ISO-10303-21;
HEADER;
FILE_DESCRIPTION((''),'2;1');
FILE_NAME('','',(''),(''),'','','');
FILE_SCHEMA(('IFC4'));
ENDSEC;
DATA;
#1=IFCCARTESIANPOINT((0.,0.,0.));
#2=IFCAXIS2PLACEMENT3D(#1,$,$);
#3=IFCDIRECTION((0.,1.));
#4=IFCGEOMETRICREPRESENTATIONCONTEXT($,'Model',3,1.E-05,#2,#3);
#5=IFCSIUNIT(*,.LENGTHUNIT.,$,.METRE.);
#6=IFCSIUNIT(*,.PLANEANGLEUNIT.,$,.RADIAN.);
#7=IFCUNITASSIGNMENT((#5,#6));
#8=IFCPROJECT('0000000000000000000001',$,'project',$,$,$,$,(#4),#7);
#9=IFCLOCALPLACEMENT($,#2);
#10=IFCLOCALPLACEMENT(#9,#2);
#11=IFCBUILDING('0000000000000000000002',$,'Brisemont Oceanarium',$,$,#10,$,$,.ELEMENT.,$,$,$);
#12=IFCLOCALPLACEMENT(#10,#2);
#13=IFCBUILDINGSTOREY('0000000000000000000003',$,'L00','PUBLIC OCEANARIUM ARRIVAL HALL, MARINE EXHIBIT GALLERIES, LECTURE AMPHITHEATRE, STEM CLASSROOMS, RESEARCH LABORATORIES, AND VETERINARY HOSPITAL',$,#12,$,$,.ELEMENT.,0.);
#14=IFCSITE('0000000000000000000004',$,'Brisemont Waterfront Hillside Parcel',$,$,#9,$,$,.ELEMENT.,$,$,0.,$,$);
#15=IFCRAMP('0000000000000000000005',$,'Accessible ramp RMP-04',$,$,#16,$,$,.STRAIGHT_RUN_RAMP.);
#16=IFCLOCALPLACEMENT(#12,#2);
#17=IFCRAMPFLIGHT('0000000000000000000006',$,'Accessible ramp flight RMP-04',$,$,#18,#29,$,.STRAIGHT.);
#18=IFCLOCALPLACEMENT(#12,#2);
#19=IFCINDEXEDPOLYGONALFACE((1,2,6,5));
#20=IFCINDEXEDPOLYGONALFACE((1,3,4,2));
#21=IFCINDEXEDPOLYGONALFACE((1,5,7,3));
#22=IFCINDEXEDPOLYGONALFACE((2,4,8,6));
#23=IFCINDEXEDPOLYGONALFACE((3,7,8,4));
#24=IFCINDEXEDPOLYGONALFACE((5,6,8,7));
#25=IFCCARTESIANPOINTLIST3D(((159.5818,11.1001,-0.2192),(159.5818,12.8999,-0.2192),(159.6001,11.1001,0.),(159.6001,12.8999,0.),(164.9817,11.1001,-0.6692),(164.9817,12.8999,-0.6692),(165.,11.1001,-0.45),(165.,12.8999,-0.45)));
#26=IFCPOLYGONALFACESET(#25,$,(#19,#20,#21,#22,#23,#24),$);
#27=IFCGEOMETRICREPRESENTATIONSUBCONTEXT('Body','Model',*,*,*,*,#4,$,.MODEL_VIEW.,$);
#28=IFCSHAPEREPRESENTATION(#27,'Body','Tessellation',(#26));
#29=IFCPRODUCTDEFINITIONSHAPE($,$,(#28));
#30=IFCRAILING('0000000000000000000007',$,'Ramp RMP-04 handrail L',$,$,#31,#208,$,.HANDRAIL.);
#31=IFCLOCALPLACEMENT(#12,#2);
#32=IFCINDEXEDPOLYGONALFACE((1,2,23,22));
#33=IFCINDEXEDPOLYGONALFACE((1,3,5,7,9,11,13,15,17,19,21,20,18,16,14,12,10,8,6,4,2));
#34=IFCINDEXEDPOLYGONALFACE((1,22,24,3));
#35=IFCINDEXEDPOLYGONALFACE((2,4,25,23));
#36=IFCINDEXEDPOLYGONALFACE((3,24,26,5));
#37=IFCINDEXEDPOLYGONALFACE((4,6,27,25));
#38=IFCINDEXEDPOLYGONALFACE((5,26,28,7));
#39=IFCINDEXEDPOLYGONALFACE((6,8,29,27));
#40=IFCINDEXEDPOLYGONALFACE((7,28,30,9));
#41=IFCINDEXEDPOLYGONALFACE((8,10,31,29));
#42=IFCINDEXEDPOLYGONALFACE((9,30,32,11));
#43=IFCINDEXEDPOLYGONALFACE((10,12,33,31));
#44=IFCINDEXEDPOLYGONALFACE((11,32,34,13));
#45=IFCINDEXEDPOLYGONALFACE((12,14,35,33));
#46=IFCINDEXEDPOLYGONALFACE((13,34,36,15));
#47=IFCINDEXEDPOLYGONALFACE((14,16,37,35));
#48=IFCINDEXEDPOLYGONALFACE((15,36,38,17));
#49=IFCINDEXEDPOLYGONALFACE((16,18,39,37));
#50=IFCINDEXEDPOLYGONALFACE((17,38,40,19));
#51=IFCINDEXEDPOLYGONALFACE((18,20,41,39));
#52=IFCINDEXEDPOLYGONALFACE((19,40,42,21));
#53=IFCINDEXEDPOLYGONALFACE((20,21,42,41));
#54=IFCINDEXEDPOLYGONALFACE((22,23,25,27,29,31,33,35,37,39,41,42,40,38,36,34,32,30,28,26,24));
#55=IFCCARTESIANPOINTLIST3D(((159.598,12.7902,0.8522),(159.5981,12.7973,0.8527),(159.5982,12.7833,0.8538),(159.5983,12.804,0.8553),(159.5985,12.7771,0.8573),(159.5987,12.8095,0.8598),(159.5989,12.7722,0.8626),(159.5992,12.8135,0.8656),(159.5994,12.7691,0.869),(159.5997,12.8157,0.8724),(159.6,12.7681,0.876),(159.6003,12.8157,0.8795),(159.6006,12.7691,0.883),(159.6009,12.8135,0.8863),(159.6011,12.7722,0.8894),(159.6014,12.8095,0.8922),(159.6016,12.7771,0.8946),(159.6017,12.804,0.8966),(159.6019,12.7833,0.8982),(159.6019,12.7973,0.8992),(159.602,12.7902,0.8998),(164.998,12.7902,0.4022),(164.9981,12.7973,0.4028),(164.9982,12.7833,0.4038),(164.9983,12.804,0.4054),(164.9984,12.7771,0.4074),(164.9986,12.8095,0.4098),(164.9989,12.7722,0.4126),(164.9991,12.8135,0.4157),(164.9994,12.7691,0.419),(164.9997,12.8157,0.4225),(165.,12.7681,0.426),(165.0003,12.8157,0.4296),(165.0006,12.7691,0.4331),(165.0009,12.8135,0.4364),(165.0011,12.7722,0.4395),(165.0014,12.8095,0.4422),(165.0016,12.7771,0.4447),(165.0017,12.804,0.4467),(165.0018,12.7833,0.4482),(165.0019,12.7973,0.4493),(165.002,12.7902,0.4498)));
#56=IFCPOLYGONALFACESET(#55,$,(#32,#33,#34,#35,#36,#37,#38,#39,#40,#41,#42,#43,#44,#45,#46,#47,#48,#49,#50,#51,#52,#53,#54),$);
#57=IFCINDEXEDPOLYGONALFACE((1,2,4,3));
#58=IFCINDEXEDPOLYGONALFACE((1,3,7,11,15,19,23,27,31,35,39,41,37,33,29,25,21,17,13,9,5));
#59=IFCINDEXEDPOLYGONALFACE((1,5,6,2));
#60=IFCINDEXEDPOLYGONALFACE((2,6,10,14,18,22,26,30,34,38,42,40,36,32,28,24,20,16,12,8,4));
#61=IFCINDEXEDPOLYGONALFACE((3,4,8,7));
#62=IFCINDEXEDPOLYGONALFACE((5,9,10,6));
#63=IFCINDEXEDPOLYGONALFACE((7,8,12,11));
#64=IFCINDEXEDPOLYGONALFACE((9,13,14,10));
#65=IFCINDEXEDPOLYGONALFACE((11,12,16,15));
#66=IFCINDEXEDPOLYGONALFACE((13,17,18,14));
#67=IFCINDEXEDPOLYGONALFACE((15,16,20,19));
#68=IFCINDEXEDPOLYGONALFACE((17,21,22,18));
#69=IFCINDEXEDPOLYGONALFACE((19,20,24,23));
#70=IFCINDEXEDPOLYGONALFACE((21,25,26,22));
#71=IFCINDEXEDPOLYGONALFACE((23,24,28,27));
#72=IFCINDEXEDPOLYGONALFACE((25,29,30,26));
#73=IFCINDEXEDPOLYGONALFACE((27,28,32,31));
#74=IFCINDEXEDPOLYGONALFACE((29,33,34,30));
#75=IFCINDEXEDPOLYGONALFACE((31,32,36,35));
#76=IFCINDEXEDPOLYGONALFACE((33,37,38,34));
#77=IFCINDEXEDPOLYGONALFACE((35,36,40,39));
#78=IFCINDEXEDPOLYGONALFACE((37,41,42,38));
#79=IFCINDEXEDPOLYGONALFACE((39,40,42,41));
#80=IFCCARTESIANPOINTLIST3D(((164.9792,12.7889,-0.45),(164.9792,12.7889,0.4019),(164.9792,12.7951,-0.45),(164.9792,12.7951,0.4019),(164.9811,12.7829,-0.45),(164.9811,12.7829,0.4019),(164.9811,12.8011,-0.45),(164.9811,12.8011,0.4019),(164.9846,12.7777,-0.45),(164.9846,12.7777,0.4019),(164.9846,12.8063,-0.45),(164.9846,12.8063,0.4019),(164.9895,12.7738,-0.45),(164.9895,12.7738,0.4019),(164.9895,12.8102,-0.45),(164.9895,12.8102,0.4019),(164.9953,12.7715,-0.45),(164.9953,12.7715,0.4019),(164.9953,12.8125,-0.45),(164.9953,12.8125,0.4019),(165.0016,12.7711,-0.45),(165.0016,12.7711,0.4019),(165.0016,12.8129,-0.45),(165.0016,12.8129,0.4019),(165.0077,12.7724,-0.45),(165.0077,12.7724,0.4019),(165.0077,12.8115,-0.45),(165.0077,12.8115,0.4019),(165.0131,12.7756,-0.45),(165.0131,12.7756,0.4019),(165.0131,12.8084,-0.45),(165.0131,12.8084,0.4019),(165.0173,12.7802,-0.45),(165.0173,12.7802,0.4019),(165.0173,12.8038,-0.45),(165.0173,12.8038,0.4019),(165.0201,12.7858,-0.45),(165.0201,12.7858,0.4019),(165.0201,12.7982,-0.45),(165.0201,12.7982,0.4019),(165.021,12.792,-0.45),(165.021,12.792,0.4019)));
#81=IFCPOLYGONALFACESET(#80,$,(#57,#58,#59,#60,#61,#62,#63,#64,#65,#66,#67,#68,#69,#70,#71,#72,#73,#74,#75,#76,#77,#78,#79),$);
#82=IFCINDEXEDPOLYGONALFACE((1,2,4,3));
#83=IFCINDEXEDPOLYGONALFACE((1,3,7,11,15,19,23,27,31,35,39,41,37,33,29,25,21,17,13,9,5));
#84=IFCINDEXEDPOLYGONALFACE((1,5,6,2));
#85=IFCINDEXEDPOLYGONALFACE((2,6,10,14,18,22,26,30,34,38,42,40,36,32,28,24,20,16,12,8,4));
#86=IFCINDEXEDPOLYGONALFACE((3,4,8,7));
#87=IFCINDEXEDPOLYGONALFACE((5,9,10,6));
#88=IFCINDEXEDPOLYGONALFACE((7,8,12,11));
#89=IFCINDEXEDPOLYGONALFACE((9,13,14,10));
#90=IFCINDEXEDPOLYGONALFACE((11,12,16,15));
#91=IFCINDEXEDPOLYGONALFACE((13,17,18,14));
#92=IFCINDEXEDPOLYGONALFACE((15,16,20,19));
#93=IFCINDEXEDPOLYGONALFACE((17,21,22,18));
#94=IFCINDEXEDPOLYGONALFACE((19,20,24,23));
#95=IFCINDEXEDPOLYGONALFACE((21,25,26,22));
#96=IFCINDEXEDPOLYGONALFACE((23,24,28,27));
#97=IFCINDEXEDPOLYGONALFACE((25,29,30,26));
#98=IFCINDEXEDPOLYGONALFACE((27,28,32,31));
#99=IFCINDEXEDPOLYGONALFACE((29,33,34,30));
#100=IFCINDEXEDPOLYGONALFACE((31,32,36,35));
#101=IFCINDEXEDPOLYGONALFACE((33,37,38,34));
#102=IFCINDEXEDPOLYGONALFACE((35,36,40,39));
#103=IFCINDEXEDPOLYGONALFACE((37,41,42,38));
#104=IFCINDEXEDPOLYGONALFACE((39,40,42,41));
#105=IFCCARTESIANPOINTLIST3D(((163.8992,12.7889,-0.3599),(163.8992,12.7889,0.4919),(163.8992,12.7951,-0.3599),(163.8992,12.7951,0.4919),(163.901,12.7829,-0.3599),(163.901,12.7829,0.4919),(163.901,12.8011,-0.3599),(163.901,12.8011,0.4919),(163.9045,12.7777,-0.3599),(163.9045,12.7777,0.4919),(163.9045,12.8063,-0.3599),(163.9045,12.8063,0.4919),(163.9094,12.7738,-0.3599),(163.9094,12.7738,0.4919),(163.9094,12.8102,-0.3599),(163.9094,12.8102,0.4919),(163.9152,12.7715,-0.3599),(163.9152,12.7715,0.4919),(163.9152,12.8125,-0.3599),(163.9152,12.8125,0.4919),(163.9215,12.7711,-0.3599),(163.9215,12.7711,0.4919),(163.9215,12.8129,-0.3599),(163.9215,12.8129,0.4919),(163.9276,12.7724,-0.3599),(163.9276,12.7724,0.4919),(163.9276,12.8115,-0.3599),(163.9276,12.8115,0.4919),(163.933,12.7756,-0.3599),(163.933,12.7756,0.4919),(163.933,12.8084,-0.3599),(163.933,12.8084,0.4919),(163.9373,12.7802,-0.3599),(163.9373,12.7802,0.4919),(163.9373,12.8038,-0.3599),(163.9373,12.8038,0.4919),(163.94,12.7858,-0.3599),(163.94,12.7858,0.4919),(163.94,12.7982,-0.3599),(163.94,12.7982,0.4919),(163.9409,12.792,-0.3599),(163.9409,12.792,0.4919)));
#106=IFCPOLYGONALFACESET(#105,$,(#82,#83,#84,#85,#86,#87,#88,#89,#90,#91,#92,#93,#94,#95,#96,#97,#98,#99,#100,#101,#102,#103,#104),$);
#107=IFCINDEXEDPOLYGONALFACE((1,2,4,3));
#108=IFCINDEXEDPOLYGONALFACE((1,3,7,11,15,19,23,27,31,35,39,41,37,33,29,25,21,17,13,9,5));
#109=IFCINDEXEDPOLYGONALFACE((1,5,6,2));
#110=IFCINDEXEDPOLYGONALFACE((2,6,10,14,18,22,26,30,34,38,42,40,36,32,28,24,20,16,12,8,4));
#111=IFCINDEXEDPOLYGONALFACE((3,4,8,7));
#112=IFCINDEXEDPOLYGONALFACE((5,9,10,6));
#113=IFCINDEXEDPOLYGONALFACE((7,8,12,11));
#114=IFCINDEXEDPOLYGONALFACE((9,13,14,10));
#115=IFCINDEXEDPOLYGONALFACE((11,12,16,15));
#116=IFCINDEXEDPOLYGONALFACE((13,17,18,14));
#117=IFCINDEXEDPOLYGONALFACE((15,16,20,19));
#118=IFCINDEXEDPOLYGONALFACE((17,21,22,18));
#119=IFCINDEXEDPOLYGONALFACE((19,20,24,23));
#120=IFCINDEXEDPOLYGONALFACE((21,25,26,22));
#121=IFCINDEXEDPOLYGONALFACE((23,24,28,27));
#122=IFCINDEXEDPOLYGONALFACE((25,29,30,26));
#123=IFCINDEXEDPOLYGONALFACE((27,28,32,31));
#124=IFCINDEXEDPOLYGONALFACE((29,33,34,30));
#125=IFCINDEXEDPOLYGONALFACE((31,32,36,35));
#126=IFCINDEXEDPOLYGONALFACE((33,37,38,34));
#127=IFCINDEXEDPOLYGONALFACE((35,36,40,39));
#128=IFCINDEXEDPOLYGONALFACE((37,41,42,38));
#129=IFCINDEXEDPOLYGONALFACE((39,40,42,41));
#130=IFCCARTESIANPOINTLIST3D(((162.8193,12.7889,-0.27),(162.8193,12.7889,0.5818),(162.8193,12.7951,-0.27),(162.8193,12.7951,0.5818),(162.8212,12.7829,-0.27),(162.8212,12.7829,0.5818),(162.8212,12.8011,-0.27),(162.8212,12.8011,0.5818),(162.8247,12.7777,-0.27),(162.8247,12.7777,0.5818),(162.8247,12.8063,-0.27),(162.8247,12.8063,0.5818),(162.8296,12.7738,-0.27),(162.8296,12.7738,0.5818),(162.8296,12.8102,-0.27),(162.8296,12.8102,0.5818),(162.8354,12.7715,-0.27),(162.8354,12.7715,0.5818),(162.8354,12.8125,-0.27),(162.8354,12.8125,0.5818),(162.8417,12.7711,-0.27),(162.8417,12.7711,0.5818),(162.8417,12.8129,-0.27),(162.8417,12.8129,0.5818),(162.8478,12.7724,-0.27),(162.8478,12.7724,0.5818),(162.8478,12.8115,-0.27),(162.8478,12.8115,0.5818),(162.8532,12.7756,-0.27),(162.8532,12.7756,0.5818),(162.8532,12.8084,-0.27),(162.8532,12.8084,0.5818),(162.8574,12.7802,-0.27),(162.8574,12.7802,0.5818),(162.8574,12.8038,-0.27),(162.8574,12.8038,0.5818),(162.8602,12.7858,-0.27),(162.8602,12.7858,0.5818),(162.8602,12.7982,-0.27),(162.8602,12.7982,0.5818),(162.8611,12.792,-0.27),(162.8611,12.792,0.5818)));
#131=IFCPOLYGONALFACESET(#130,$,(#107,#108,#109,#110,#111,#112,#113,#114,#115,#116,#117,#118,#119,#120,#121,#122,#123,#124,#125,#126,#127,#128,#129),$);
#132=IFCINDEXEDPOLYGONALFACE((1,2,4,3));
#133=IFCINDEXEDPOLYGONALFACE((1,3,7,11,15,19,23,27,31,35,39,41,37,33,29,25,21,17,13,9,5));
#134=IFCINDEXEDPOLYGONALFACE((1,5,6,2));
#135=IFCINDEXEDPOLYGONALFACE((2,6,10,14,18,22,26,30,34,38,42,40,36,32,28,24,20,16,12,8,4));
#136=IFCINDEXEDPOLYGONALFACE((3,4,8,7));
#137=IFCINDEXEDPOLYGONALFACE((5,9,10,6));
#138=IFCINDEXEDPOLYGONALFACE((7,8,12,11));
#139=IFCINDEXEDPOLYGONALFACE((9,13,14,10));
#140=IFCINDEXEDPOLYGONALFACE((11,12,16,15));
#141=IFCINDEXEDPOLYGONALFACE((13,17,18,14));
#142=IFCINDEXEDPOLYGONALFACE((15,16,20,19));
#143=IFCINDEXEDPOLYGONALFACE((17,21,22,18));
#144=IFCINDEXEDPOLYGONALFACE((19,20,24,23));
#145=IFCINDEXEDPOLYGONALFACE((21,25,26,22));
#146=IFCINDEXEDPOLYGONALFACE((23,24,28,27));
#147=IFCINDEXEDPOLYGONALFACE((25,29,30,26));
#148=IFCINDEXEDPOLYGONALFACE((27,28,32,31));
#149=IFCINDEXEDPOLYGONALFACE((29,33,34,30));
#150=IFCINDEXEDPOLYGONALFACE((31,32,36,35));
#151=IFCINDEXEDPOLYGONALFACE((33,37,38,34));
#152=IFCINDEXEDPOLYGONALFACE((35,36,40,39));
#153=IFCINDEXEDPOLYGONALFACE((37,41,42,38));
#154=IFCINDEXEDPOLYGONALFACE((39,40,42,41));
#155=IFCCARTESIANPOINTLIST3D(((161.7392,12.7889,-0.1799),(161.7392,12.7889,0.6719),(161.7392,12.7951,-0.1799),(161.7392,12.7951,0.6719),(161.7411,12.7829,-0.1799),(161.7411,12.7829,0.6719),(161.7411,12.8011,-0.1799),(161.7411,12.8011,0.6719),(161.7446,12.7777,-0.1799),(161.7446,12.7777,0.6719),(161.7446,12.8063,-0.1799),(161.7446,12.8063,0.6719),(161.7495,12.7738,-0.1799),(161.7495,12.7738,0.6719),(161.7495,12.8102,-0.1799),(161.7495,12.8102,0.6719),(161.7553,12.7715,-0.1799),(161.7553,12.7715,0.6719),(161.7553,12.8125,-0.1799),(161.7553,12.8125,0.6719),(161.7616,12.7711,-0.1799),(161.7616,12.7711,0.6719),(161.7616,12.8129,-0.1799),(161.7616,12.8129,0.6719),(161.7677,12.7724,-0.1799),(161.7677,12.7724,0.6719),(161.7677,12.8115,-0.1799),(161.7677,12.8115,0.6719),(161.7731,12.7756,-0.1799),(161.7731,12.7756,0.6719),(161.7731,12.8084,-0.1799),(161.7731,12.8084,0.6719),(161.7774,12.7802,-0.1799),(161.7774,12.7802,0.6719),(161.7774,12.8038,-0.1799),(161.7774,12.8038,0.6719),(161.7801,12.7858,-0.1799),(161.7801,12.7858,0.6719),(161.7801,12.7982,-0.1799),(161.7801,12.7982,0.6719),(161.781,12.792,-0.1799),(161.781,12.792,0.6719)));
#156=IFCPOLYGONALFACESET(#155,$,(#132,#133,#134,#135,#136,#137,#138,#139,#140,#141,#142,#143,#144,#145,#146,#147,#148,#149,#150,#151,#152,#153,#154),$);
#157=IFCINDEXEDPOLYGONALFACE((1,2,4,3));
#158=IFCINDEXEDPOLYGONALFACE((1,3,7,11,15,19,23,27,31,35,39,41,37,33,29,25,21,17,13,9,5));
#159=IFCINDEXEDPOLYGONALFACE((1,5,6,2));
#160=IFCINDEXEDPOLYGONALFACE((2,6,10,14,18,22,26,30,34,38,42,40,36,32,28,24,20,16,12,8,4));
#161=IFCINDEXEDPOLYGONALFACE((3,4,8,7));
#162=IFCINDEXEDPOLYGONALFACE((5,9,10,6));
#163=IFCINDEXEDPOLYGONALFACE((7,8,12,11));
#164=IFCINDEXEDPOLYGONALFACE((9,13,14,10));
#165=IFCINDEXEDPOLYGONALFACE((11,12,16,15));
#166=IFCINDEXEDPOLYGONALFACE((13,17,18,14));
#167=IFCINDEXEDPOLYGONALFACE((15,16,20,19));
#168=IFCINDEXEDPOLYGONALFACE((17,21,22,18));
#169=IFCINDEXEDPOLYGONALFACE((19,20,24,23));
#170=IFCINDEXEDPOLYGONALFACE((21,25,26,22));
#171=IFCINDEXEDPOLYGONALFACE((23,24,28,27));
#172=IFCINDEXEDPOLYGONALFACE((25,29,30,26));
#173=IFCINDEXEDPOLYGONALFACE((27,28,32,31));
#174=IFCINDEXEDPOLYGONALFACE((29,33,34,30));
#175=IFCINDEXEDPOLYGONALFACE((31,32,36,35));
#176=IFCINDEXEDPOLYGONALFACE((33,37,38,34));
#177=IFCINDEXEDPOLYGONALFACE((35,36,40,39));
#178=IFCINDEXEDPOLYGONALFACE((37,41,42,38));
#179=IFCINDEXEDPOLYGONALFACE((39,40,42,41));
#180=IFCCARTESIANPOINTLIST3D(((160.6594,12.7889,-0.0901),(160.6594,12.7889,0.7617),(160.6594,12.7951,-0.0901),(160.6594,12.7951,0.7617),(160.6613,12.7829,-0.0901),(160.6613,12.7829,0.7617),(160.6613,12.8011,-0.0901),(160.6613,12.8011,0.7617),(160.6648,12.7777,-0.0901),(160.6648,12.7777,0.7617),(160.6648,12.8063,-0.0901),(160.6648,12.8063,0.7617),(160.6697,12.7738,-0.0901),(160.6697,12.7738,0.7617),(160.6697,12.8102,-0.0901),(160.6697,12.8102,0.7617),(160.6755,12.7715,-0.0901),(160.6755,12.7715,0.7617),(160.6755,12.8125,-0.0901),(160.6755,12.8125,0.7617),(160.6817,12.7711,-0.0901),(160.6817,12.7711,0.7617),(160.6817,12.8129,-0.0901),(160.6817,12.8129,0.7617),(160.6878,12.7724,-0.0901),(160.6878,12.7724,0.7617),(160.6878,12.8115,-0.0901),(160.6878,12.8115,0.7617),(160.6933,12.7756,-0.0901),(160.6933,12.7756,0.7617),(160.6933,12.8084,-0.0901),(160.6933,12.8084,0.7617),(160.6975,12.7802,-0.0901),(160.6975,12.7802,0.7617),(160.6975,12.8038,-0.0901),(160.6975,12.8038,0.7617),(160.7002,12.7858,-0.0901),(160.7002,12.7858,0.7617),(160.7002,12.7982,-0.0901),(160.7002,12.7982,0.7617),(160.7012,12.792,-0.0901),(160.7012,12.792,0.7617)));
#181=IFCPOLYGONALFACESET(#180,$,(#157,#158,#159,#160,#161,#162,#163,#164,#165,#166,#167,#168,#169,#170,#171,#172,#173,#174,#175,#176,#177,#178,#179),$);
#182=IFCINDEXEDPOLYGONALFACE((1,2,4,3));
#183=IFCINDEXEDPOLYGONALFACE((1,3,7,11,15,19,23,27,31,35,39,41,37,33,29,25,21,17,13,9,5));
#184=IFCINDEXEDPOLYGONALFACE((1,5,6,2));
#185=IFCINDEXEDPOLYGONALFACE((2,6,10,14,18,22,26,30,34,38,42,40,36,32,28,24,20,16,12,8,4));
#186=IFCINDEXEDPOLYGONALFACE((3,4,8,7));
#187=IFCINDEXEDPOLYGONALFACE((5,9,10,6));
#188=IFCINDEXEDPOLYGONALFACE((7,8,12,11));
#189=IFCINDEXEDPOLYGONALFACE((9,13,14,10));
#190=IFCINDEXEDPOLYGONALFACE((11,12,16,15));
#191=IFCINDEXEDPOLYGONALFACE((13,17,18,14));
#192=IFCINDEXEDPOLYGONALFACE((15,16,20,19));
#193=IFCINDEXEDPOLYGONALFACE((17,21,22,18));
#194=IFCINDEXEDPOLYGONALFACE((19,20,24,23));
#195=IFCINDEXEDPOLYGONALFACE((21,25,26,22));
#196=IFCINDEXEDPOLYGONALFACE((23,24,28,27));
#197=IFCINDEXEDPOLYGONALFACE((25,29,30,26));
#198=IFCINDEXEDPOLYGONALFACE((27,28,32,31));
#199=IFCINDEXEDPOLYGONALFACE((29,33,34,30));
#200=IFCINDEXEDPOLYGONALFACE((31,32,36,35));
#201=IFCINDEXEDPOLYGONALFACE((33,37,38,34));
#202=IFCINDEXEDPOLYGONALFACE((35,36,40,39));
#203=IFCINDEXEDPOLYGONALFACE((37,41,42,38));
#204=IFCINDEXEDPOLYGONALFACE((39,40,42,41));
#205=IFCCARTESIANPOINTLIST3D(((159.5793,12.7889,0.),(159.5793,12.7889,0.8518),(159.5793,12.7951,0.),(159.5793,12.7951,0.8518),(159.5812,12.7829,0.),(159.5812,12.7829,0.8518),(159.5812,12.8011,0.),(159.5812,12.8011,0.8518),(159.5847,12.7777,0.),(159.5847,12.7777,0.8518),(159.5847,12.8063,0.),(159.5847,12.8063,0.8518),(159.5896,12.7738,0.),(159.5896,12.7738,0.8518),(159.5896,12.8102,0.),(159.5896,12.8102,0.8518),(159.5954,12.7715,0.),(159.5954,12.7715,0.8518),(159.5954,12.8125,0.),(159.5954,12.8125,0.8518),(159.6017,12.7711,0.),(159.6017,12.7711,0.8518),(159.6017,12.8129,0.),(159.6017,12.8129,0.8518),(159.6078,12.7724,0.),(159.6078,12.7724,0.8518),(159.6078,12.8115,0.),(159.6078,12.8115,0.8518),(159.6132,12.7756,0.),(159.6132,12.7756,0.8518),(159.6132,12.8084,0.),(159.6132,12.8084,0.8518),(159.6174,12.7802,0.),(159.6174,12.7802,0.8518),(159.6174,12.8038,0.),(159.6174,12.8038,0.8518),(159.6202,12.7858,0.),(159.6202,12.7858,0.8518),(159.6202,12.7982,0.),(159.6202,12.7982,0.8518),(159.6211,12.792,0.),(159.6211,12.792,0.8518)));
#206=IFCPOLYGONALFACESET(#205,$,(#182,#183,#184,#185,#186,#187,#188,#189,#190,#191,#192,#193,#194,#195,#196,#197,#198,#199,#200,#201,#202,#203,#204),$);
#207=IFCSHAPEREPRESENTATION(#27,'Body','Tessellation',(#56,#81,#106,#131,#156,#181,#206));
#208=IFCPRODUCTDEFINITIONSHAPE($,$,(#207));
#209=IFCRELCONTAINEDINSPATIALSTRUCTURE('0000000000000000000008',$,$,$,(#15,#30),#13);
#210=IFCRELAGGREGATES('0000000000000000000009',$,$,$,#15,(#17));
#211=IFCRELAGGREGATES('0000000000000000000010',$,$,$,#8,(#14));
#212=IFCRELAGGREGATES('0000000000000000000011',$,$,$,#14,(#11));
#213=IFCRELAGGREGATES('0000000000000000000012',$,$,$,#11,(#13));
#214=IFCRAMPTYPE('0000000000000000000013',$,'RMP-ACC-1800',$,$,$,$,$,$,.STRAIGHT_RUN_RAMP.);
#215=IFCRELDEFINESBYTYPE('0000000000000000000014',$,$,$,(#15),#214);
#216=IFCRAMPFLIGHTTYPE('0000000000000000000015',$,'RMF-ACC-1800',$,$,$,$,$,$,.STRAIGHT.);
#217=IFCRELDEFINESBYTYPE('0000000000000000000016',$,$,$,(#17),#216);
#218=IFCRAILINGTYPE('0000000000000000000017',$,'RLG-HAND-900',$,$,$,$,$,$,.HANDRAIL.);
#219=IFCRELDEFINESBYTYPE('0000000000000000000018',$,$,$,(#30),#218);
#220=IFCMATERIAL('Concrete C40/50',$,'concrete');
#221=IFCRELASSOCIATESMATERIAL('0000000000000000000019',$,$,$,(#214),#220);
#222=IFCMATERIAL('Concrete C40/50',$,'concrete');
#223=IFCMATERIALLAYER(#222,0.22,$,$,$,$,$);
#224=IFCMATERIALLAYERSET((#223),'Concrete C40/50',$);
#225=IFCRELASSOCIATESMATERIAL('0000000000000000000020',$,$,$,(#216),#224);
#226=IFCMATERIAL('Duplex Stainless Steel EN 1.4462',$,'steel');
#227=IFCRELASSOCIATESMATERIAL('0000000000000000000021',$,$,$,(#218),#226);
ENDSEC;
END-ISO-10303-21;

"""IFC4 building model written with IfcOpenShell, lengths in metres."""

from ifc_helpers import new_model, si_unit, direction, frame, origin, origin_2d, place, context, subcontext, project, spatial, polyline, circle, outline, extrude, material, layer, layer_set, type_object, element, aggregate, save


model = new_model("IFC4")

# Units and contexts
model_context = context("Model", 3, precision=1e-05, world=origin(), true_north=direction((0.0, 1.0)))
body_context = subcontext(model_context, "Body", "Model", "MODEL_VIEW")
ifc_project = project(units=[si_unit("LENGTHUNIT", "METRE"), si_unit("PLANEANGLEUNIT", "RADIAN")], contexts=[model_context])

# Site, building, storey
site_placement = place(None, origin())
site = spatial("IfcSite", under=ifc_project, at=site_placement, Name="Brisemont Waterfront Hillside Parcel", CompositionType="ELEMENT", RefElevation=0.0)
building_placement = place(site_placement, origin())
building = spatial("IfcBuilding", under=site, at=building_placement, Name="Brisemont Oceanarium", CompositionType="ELEMENT")
storey_placement = place(building_placement, origin())
storey = spatial("IfcBuildingStorey", under=building, at=storey_placement, Name="L00", Description="PUBLIC OCEANARIUM ARRIVAL HALL, MARINE EXHIBIT GALLERIES, LECTURE AMPHITHEATRE, STEM CLASSROOMS, RESEARCH LABORATORIES, AND VETERINARY HOSPITAL", CompositionType="ELEMENT", Elevation=0.0)

# Ramp, ramp flight
ifc_material_1 = material(Name="Concrete C40/50", Category="concrete")
ramp_type = type_object("IfcRampType", Name="RMP-ACC-1800", PredefinedType="STRAIGHT_RUN_RAMP", material=ifc_material_1)
ramp_placement = place(storey_placement, origin())
ramp = element("IfcRamp", 1, at=ramp_placement, inside=storey, type_object=ramp_type, Name="Accessible ramp RMP-04", PredefinedType="STRAIGHT_RUN_RAMP")
ifc_material_2 = material(Name="Concrete C40/50", Category="concrete")
ifc_layer_1 = layer(ifc_material_2, 0.22)
ifc_layer_set_1 = layer_set([ifc_layer_1], Name="Concrete C40/50")
ramp_flight_type = type_object("IfcRampFlightType", Name="RMF-ACC-1800", PredefinedType="STRAIGHT", material=ifc_layer_set_1)
ramp_flight_placement = place(storey_placement, frame((165.0, 12.8999, -0.45), z_axis=(0.083038, 0.0, 0.996546), x_axis=(-0.996546, 0.0, 0.083038)))
ramp_flight = element("IfcRampFlight", 2, at=ramp_flight_placement, type_object=ramp_flight_type, Name="Accessible ramp flight RMP-04", PredefinedType="STRAIGHT", context=body_context, shape_type="SweptSolid", body=[
    extrude(outline(polyline([(0.0, 0.0), (5.4186, 0.0), (5.4186, 1.7998), (0.0, 1.7998), (0.0, 0.0)])), origin(), (0.0, 0.0, -1.0), 0.22),
])
aggregate(ramp, [ramp_flight])

# Railing
ifc_material_3 = material(Name="Duplex Stainless Steel EN 1.4462", Category="steel")
railing_type = type_object("IfcRailingType", Name="RLG-HAND-900", PredefinedType="HANDRAIL", material=ifc_material_3)
for number, where, name in (
    (3, (165.0, 12.792, -0.45), "Ramp RMP-04 handrail L"),
):
    element("IfcRailing", number, at=place(storey_placement, frame(where)), inside=storey, type_object=railing_type, Name=name, PredefinedType="HANDRAIL", context=body_context, shape_type="SweptSolid", body=[
        extrude(circle(Radius=0.0239, at=origin_2d()), frame((0.0, 0.0, 0.876), z_axis=(-0.996546, 0.0, 0.083038), x_axis=(0.0, -1.0, 0.0)), (0.0, 0.0, 1.0), 5.4187),
        extrude(circle(Radius=0.021, at=origin_2d()), origin(), (0.0, 0.0, 1.0), 0.8518),
        extrude(circle(Radius=0.021, at=origin_2d()), frame((-1.0801, 0.0, 0.0901)), (0.0, 0.0, 1.0), 0.8518),
        extrude(circle(Radius=0.021, at=origin_2d()), frame((-2.1599, 0.0, 0.1799)), (0.0, 0.0, 1.0), 0.8518),
        extrude(circle(Radius=0.021, at=origin_2d()), frame((-3.24, 0.0, 0.27)), (0.0, 0.0, 1.0), 0.8518),
        extrude(circle(Radius=0.021, at=origin_2d()), frame((-4.3198, 0.0, 0.3599)), (0.0, 0.0, 1.0), 0.8518),
        extrude(circle(Radius=0.021, at=origin_2d()), frame((-5.3999, 0.0, 0.45)), (0.0, 0.0, 1.0), 0.8518),
    ])

save(model, "model.ifc")
